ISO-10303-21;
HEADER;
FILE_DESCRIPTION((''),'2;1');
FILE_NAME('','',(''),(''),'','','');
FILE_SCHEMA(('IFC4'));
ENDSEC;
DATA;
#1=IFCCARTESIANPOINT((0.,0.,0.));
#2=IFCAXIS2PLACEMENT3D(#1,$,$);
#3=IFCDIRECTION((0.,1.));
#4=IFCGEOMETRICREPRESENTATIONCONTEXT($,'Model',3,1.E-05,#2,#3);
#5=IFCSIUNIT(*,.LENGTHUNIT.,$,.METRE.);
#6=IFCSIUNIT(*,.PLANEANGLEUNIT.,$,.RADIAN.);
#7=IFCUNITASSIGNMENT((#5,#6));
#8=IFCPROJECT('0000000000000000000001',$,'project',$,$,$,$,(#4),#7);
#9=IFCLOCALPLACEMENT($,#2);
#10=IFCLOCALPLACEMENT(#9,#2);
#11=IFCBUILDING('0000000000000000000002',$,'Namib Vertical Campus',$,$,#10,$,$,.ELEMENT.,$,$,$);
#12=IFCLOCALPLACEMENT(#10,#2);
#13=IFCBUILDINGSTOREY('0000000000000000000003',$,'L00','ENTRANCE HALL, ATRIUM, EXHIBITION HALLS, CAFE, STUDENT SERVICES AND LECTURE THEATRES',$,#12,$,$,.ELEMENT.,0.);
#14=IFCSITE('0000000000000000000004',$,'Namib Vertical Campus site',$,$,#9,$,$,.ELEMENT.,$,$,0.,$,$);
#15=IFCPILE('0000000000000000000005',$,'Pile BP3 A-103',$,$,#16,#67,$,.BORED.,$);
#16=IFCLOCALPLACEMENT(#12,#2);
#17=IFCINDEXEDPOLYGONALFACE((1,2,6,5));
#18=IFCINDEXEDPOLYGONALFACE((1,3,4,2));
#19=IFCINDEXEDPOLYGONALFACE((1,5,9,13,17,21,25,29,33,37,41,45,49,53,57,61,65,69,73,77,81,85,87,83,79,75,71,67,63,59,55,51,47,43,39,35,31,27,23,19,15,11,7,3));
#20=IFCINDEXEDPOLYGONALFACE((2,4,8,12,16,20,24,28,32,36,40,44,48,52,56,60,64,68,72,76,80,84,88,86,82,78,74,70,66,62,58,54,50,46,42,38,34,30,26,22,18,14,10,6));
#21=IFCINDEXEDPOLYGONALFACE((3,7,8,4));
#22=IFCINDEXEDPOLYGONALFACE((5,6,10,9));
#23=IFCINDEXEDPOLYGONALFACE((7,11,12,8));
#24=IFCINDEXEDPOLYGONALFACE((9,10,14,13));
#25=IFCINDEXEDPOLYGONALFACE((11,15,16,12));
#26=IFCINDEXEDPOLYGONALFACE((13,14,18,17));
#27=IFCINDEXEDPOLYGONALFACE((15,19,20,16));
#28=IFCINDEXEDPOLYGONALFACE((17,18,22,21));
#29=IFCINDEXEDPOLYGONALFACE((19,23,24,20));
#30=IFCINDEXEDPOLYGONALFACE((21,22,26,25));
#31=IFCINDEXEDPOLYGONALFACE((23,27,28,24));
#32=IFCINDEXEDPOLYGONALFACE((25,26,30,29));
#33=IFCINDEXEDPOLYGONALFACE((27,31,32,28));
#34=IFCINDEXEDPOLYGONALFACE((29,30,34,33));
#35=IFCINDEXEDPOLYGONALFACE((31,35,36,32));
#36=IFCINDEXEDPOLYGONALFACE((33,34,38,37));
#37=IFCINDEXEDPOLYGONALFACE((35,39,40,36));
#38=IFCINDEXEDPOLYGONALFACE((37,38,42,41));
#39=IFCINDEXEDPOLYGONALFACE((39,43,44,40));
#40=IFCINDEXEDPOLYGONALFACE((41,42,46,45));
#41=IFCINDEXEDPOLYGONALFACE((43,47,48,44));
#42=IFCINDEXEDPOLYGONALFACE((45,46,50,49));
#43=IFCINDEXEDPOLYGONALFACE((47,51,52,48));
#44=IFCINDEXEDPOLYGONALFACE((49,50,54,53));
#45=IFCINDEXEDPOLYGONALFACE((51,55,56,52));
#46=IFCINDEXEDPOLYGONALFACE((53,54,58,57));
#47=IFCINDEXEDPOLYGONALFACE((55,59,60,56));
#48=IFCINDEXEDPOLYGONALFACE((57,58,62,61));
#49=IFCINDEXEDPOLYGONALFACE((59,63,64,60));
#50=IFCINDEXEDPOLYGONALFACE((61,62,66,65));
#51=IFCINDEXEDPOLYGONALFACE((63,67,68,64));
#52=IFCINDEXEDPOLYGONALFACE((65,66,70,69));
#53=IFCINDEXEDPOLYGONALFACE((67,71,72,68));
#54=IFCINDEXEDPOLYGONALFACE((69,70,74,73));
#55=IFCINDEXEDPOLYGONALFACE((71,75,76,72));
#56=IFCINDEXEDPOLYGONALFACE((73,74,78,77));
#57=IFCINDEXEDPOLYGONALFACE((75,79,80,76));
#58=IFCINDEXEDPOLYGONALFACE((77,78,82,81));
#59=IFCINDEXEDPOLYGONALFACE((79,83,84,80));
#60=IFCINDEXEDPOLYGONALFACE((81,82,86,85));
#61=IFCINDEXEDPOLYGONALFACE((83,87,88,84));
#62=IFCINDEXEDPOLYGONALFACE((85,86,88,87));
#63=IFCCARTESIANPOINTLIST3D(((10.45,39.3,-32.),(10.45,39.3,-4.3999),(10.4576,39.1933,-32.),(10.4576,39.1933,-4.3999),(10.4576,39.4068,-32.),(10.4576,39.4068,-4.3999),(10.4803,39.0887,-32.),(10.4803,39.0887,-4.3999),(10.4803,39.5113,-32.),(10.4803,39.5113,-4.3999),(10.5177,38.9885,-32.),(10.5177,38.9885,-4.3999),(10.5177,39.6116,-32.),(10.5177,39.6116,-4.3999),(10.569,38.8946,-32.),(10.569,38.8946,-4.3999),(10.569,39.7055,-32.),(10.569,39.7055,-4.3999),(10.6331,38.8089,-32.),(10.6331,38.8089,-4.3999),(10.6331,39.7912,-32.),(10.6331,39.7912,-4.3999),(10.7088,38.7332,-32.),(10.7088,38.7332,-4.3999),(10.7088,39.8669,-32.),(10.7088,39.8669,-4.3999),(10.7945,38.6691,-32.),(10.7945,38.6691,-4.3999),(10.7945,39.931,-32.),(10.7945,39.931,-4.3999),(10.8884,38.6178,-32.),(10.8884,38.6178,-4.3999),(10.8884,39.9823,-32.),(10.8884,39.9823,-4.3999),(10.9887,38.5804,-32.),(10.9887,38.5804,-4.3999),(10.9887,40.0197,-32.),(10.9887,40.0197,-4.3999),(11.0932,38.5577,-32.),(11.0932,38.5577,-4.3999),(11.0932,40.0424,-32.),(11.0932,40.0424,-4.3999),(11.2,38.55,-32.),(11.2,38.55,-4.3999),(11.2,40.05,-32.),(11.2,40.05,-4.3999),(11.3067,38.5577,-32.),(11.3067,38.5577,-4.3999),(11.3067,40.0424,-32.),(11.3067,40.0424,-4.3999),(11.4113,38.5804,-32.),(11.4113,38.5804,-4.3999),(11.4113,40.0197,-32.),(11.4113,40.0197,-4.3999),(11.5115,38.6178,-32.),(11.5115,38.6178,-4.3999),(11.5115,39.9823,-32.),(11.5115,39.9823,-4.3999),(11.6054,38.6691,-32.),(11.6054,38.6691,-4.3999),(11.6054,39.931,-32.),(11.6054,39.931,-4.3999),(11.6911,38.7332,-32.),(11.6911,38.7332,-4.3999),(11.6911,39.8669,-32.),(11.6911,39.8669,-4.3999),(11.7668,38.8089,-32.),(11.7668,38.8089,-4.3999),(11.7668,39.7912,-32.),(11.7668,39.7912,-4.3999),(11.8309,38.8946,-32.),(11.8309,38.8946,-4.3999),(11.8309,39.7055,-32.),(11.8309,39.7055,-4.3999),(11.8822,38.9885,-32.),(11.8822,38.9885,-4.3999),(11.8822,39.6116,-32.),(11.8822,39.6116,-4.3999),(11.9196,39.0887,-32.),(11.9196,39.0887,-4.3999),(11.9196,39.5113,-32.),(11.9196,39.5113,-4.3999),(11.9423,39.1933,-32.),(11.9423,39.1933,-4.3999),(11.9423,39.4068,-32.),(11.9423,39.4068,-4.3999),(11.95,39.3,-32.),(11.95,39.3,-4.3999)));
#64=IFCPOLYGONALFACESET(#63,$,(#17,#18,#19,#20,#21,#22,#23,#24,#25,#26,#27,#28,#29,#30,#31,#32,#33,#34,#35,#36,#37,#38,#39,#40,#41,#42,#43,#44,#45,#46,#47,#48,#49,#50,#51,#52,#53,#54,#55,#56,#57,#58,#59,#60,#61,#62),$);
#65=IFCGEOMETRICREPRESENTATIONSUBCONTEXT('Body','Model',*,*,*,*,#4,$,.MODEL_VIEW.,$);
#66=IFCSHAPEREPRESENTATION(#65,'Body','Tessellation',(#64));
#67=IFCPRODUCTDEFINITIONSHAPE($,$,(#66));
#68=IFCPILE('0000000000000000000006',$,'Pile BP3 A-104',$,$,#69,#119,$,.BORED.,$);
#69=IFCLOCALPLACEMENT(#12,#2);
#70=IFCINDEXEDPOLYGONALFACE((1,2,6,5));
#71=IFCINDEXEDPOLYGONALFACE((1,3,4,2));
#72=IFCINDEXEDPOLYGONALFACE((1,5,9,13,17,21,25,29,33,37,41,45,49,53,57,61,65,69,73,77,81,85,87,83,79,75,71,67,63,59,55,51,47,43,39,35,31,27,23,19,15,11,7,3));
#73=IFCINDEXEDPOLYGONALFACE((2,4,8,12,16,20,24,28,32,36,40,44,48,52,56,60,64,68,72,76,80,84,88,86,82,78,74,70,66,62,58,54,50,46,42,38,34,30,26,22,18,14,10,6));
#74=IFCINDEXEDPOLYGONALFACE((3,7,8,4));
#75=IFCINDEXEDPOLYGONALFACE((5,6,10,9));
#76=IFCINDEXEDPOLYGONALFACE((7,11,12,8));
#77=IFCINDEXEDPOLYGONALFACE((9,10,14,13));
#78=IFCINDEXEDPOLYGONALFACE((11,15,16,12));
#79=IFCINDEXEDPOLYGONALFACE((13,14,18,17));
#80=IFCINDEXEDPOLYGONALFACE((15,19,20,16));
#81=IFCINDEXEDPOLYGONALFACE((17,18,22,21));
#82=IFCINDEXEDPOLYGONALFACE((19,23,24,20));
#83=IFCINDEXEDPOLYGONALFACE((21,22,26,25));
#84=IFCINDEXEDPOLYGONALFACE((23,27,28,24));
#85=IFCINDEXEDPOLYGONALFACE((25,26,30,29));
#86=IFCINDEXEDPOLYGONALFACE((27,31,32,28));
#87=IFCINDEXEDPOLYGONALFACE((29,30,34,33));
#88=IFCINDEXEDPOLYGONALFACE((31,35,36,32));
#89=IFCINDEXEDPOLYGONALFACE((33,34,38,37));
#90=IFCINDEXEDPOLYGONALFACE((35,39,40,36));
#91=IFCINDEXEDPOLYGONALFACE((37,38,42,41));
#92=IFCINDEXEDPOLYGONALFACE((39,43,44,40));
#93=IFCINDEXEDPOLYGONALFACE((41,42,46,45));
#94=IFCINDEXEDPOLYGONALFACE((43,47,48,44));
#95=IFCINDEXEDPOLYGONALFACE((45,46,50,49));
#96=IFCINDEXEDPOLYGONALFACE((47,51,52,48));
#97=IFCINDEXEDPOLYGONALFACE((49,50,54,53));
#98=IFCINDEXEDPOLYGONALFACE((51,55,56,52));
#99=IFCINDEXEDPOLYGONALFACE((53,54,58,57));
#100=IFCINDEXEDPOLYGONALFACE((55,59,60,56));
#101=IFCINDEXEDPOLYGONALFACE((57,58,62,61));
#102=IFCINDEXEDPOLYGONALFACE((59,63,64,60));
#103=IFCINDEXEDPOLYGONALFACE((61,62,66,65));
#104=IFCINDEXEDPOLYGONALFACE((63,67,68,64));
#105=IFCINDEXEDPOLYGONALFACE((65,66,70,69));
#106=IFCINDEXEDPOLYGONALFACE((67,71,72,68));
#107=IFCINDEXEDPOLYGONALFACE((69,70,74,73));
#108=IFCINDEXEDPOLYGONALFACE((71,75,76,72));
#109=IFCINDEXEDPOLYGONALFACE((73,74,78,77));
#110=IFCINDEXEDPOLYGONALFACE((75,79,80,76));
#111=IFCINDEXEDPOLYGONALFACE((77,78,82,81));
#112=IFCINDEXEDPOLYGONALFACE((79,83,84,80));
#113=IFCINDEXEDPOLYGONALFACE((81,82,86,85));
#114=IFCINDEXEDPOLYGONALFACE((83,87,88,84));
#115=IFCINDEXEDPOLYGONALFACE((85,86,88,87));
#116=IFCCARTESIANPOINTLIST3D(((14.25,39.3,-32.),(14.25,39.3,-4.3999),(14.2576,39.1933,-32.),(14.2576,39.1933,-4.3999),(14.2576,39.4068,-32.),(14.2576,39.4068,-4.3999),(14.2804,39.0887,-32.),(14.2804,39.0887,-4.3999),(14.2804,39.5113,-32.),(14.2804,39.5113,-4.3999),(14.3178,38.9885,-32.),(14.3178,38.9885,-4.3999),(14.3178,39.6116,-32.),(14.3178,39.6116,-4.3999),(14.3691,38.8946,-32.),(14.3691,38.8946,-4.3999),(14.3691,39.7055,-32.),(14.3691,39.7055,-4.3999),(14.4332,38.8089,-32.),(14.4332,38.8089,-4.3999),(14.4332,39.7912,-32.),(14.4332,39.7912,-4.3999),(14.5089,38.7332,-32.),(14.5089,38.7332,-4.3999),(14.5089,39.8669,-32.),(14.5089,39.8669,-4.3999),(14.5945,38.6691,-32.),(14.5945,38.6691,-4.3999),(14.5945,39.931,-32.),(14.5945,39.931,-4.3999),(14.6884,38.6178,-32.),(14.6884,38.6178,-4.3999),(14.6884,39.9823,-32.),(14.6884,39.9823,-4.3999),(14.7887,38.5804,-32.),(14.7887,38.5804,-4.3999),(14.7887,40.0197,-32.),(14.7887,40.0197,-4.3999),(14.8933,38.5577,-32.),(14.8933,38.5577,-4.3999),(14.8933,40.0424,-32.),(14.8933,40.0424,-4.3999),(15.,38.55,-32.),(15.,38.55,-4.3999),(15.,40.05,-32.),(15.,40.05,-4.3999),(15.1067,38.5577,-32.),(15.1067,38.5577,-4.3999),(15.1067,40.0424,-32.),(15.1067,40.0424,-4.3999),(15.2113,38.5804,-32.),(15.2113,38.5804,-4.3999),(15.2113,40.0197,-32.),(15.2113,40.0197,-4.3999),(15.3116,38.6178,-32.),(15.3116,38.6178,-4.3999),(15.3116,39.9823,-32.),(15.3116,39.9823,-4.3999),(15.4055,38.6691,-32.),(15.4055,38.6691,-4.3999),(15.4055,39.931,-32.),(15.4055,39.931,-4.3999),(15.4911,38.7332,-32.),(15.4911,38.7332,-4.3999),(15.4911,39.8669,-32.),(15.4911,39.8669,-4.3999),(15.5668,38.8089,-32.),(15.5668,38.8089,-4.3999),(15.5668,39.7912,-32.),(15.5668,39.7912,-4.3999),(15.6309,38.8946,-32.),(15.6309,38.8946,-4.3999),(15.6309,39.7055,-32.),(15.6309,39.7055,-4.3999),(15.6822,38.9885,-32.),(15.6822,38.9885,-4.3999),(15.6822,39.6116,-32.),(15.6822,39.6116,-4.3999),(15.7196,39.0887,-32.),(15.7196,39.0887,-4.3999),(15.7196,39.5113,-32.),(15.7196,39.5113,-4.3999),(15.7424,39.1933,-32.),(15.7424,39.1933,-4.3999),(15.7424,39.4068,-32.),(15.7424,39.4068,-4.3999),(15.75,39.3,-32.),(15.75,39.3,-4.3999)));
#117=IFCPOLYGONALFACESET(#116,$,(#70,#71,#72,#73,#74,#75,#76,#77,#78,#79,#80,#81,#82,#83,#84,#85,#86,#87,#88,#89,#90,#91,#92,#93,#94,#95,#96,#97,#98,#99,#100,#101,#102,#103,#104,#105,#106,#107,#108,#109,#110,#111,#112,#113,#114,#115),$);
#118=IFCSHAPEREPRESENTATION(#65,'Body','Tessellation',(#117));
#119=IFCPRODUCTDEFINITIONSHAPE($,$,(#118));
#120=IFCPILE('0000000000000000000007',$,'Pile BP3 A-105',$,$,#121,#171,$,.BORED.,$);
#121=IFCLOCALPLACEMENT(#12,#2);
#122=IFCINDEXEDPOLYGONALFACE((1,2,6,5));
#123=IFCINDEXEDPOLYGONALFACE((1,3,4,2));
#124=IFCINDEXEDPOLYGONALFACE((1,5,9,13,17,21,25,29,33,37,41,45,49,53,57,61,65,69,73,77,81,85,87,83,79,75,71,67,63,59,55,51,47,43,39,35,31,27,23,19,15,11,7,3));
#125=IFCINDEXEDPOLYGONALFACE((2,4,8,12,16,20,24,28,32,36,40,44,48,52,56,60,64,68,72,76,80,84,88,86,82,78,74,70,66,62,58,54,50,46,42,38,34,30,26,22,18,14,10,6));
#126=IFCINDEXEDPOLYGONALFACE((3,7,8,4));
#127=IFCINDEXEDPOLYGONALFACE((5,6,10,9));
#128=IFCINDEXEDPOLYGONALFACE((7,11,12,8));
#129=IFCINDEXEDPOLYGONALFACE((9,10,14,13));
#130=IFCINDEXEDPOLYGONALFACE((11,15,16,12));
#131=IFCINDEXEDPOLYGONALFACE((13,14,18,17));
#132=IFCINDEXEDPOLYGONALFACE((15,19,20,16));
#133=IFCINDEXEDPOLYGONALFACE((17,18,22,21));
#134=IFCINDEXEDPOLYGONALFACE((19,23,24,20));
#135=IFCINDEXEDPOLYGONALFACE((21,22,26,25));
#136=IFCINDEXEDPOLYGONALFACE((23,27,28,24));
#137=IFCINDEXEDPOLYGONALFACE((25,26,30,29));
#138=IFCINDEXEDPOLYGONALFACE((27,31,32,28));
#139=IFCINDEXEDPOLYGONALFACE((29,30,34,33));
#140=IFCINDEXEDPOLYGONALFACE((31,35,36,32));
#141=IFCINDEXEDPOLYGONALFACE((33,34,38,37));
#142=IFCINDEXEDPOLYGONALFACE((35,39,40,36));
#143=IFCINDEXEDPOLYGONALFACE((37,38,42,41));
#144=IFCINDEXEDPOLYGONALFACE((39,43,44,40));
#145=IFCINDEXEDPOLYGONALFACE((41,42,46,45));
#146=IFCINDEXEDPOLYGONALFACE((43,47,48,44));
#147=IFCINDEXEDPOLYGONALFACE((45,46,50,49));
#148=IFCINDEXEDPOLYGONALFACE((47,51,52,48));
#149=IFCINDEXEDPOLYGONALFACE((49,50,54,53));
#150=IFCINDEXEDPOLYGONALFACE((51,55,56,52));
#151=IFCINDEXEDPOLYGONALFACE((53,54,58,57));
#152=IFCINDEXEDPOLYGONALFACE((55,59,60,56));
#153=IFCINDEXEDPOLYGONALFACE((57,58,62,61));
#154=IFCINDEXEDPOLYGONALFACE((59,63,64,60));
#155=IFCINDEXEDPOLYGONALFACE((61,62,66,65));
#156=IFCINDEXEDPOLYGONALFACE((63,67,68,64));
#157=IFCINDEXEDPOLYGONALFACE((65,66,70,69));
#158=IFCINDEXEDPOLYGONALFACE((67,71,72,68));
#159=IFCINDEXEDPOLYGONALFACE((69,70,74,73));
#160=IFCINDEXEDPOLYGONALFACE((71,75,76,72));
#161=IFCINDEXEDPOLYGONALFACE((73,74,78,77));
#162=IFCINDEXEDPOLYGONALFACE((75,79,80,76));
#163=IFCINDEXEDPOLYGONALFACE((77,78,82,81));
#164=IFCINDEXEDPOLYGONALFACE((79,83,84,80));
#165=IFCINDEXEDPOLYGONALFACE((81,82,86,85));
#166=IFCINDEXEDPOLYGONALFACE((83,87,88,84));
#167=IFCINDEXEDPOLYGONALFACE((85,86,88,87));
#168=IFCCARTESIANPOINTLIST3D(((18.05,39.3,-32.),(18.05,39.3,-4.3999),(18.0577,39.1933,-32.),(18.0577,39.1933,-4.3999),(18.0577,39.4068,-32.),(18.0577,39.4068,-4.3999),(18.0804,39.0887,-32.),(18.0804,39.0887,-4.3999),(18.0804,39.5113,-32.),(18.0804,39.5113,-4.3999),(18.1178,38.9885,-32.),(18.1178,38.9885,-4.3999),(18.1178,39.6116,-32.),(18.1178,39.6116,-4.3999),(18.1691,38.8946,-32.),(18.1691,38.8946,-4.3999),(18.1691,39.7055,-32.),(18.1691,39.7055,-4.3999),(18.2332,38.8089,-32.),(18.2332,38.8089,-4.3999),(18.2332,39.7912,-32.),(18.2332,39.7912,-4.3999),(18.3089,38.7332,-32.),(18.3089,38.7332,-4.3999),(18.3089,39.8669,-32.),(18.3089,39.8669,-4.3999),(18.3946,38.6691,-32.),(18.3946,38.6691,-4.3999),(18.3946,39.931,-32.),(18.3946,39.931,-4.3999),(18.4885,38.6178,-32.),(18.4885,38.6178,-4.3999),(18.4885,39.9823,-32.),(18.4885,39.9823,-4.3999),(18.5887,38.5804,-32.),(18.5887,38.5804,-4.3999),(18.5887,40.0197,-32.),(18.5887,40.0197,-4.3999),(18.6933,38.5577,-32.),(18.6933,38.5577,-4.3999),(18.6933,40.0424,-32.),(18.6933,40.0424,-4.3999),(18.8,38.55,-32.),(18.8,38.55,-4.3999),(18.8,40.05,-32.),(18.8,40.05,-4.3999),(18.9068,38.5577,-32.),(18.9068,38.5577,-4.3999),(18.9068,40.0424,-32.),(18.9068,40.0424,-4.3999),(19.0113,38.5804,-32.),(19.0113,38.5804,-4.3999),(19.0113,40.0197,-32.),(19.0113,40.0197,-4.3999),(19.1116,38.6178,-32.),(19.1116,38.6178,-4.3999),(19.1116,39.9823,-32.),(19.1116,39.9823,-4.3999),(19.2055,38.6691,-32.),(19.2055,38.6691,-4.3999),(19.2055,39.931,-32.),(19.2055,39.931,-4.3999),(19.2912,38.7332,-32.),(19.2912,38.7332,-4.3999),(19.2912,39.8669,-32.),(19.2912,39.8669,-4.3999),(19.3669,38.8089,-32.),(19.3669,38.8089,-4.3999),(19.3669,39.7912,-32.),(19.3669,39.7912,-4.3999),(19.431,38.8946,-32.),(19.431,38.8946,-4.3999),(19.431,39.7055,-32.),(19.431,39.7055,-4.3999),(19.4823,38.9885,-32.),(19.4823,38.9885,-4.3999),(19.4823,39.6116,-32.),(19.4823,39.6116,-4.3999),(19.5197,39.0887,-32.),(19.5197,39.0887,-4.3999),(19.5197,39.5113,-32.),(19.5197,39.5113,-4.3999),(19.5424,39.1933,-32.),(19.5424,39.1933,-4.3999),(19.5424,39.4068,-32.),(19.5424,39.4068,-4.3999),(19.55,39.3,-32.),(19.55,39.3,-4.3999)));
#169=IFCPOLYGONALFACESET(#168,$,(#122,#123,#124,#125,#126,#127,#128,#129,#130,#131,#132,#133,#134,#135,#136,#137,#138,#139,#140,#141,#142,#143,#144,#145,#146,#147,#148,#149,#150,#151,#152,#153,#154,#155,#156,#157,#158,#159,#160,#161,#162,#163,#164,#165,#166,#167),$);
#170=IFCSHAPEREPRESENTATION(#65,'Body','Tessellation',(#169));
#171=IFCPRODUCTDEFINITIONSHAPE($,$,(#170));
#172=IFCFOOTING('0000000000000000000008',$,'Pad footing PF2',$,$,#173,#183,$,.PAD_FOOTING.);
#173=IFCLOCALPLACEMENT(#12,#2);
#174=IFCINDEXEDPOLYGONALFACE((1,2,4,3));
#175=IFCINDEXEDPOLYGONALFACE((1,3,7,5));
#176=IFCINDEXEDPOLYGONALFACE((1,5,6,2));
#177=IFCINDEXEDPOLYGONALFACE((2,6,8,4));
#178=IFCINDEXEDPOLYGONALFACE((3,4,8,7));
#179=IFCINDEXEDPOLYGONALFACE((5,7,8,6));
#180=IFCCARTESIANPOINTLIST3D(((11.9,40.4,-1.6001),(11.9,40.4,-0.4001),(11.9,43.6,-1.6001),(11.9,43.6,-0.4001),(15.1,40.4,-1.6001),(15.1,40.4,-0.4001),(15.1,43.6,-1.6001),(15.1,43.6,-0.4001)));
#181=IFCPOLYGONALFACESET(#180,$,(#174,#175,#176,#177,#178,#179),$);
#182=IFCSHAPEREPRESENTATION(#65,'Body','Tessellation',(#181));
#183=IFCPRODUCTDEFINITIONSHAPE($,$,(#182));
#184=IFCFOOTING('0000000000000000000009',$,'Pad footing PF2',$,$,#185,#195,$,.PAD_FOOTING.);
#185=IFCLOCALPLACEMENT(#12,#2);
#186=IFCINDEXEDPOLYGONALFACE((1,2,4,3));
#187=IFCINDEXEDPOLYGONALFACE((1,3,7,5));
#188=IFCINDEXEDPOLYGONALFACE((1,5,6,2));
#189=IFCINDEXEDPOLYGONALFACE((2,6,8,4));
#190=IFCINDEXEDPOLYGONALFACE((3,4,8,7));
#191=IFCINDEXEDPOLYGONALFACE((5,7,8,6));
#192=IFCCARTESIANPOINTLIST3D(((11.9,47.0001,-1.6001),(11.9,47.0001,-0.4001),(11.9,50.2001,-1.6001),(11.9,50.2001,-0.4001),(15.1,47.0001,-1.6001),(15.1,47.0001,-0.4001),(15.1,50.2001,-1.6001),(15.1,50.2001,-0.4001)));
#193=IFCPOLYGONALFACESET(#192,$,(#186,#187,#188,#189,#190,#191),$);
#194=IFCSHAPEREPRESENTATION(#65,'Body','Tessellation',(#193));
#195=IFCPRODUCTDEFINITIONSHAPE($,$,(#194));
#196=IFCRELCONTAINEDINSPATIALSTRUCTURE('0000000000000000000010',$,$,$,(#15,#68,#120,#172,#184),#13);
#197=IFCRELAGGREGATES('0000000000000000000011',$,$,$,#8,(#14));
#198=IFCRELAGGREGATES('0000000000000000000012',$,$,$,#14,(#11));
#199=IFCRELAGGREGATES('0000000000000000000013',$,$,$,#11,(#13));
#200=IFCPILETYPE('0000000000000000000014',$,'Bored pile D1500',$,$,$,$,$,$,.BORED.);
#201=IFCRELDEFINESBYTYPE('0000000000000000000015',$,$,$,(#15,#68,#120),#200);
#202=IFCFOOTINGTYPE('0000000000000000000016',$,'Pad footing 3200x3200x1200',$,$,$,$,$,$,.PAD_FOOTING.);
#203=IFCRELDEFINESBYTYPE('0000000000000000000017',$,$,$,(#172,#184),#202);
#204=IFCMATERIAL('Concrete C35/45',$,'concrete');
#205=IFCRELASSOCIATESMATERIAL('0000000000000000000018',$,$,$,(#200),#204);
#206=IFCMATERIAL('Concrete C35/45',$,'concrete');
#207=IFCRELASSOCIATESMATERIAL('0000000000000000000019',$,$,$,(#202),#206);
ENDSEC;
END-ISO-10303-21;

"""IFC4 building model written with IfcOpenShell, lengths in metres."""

from ifc_helpers import new_model, si_unit, direction, frame, origin, origin_2d, place, context, subcontext, project, spatial, rectangle, circle, extrude, material, material_profile, profile_set, type_object, element, save


model = new_model("IFC4")

# Units and contexts
model_context = context("Model", 3, precision=1e-05, world=origin(), true_north=direction((0.0, 1.0)))
body_context = subcontext(model_context, "Body", "Model", "MODEL_VIEW")
ifc_project = project(units=[si_unit("LENGTHUNIT", "METRE"), si_unit("PLANEANGLEUNIT", "RADIAN")], contexts=[model_context])

# Site, building, storey
site_placement = place(None, origin())
site = spatial("IfcSite", under=ifc_project, at=site_placement, Name="Namib Vertical Campus site", CompositionType="ELEMENT", RefElevation=0.0)
building_placement = place(site_placement, origin())
building = spatial("IfcBuilding", under=site, at=building_placement, Name="Namib Vertical Campus", CompositionType="ELEMENT")
storey_placement = place(building_placement, origin())
storey = spatial("IfcBuildingStorey", under=building, at=storey_placement, Name="L00", Description="ENTRANCE HALL, ATRIUM, EXHIBITION HALLS, CAFE, STUDENT SERVICES AND LECTURE THEATRES", CompositionType="ELEMENT", Elevation=0.0)

# Piles
ifc_material_1 = material(Name="Concrete C35/45", Category="concrete")
ifc_material_profile_1 = material_profile(ifc_material_1, circle(Radius=0.75, at=origin_2d()))
ifc_profile_set_1 = profile_set([ifc_material_profile_1], Name="Concrete C35/45")
pile_type = type_object("IfcPileType", Name="Bored pile D1500", PredefinedType="BORED", material=ifc_profile_set_1)
for number, where, z_axis, x_axis, name in (
    (1, (11.2, 39.3, -4.3999), (0.0, 0.0, -1.0), (1.0, 0.0, 0.0), "Pile BP3 A-103"),
    (2, (15.0, 39.3, -4.3999), (0.0, 0.0, -1.0), (1.0, 0.0, 0.0), "Pile BP3 A-104"),
    (3, (18.8, 39.3, -4.3999), (0.0, 0.0, -1.0), (1.0, 0.0, 0.0), "Pile BP3 A-105"),
):
    element("IfcPile", number, at=place(storey_placement, frame(where, z_axis=z_axis, x_axis=x_axis)), inside=storey, type_object=pile_type, Name=name, PredefinedType="BORED", context=body_context, shape_type="SweptSolid", body=[
        extrude(circle(Radius=0.75, at=origin_2d()), origin(), (0.0, 0.0, 1.0), 27.6001),
    ])

# Footings
ifc_material_2 = material(Name="Concrete C35/45", Category="concrete")
footing_type = type_object("IfcFootingType", Name="Pad footing 3200x3200x1200", PredefinedType="PAD_FOOTING", material=ifc_material_2)
for number, where, z_axis, x_axis, name in (
    (4, (13.5, 42.0, -1.6001), (0.0, 0.0, 1.0), (1.0, 0.0, 0.0), "Pad footing PF2"),
    (5, (13.5, 48.6001, -1.6001), (0.0, 0.0, 1.0), (1.0, 0.0, 0.0), "Pad footing PF2"),
):
    element("IfcFooting", number, at=place(storey_placement, frame(where, z_axis=z_axis, x_axis=x_axis)), inside=storey, type_object=footing_type, Name=name, PredefinedType="PAD_FOOTING", context=body_context, shape_type="SweptSolid", body=[
        extrude(rectangle(XDim=3.2, YDim=3.2, at=origin_2d()), origin(), (0.0, 0.0, 1.0), 1.2),
    ])

save(model, "model.ifc")
